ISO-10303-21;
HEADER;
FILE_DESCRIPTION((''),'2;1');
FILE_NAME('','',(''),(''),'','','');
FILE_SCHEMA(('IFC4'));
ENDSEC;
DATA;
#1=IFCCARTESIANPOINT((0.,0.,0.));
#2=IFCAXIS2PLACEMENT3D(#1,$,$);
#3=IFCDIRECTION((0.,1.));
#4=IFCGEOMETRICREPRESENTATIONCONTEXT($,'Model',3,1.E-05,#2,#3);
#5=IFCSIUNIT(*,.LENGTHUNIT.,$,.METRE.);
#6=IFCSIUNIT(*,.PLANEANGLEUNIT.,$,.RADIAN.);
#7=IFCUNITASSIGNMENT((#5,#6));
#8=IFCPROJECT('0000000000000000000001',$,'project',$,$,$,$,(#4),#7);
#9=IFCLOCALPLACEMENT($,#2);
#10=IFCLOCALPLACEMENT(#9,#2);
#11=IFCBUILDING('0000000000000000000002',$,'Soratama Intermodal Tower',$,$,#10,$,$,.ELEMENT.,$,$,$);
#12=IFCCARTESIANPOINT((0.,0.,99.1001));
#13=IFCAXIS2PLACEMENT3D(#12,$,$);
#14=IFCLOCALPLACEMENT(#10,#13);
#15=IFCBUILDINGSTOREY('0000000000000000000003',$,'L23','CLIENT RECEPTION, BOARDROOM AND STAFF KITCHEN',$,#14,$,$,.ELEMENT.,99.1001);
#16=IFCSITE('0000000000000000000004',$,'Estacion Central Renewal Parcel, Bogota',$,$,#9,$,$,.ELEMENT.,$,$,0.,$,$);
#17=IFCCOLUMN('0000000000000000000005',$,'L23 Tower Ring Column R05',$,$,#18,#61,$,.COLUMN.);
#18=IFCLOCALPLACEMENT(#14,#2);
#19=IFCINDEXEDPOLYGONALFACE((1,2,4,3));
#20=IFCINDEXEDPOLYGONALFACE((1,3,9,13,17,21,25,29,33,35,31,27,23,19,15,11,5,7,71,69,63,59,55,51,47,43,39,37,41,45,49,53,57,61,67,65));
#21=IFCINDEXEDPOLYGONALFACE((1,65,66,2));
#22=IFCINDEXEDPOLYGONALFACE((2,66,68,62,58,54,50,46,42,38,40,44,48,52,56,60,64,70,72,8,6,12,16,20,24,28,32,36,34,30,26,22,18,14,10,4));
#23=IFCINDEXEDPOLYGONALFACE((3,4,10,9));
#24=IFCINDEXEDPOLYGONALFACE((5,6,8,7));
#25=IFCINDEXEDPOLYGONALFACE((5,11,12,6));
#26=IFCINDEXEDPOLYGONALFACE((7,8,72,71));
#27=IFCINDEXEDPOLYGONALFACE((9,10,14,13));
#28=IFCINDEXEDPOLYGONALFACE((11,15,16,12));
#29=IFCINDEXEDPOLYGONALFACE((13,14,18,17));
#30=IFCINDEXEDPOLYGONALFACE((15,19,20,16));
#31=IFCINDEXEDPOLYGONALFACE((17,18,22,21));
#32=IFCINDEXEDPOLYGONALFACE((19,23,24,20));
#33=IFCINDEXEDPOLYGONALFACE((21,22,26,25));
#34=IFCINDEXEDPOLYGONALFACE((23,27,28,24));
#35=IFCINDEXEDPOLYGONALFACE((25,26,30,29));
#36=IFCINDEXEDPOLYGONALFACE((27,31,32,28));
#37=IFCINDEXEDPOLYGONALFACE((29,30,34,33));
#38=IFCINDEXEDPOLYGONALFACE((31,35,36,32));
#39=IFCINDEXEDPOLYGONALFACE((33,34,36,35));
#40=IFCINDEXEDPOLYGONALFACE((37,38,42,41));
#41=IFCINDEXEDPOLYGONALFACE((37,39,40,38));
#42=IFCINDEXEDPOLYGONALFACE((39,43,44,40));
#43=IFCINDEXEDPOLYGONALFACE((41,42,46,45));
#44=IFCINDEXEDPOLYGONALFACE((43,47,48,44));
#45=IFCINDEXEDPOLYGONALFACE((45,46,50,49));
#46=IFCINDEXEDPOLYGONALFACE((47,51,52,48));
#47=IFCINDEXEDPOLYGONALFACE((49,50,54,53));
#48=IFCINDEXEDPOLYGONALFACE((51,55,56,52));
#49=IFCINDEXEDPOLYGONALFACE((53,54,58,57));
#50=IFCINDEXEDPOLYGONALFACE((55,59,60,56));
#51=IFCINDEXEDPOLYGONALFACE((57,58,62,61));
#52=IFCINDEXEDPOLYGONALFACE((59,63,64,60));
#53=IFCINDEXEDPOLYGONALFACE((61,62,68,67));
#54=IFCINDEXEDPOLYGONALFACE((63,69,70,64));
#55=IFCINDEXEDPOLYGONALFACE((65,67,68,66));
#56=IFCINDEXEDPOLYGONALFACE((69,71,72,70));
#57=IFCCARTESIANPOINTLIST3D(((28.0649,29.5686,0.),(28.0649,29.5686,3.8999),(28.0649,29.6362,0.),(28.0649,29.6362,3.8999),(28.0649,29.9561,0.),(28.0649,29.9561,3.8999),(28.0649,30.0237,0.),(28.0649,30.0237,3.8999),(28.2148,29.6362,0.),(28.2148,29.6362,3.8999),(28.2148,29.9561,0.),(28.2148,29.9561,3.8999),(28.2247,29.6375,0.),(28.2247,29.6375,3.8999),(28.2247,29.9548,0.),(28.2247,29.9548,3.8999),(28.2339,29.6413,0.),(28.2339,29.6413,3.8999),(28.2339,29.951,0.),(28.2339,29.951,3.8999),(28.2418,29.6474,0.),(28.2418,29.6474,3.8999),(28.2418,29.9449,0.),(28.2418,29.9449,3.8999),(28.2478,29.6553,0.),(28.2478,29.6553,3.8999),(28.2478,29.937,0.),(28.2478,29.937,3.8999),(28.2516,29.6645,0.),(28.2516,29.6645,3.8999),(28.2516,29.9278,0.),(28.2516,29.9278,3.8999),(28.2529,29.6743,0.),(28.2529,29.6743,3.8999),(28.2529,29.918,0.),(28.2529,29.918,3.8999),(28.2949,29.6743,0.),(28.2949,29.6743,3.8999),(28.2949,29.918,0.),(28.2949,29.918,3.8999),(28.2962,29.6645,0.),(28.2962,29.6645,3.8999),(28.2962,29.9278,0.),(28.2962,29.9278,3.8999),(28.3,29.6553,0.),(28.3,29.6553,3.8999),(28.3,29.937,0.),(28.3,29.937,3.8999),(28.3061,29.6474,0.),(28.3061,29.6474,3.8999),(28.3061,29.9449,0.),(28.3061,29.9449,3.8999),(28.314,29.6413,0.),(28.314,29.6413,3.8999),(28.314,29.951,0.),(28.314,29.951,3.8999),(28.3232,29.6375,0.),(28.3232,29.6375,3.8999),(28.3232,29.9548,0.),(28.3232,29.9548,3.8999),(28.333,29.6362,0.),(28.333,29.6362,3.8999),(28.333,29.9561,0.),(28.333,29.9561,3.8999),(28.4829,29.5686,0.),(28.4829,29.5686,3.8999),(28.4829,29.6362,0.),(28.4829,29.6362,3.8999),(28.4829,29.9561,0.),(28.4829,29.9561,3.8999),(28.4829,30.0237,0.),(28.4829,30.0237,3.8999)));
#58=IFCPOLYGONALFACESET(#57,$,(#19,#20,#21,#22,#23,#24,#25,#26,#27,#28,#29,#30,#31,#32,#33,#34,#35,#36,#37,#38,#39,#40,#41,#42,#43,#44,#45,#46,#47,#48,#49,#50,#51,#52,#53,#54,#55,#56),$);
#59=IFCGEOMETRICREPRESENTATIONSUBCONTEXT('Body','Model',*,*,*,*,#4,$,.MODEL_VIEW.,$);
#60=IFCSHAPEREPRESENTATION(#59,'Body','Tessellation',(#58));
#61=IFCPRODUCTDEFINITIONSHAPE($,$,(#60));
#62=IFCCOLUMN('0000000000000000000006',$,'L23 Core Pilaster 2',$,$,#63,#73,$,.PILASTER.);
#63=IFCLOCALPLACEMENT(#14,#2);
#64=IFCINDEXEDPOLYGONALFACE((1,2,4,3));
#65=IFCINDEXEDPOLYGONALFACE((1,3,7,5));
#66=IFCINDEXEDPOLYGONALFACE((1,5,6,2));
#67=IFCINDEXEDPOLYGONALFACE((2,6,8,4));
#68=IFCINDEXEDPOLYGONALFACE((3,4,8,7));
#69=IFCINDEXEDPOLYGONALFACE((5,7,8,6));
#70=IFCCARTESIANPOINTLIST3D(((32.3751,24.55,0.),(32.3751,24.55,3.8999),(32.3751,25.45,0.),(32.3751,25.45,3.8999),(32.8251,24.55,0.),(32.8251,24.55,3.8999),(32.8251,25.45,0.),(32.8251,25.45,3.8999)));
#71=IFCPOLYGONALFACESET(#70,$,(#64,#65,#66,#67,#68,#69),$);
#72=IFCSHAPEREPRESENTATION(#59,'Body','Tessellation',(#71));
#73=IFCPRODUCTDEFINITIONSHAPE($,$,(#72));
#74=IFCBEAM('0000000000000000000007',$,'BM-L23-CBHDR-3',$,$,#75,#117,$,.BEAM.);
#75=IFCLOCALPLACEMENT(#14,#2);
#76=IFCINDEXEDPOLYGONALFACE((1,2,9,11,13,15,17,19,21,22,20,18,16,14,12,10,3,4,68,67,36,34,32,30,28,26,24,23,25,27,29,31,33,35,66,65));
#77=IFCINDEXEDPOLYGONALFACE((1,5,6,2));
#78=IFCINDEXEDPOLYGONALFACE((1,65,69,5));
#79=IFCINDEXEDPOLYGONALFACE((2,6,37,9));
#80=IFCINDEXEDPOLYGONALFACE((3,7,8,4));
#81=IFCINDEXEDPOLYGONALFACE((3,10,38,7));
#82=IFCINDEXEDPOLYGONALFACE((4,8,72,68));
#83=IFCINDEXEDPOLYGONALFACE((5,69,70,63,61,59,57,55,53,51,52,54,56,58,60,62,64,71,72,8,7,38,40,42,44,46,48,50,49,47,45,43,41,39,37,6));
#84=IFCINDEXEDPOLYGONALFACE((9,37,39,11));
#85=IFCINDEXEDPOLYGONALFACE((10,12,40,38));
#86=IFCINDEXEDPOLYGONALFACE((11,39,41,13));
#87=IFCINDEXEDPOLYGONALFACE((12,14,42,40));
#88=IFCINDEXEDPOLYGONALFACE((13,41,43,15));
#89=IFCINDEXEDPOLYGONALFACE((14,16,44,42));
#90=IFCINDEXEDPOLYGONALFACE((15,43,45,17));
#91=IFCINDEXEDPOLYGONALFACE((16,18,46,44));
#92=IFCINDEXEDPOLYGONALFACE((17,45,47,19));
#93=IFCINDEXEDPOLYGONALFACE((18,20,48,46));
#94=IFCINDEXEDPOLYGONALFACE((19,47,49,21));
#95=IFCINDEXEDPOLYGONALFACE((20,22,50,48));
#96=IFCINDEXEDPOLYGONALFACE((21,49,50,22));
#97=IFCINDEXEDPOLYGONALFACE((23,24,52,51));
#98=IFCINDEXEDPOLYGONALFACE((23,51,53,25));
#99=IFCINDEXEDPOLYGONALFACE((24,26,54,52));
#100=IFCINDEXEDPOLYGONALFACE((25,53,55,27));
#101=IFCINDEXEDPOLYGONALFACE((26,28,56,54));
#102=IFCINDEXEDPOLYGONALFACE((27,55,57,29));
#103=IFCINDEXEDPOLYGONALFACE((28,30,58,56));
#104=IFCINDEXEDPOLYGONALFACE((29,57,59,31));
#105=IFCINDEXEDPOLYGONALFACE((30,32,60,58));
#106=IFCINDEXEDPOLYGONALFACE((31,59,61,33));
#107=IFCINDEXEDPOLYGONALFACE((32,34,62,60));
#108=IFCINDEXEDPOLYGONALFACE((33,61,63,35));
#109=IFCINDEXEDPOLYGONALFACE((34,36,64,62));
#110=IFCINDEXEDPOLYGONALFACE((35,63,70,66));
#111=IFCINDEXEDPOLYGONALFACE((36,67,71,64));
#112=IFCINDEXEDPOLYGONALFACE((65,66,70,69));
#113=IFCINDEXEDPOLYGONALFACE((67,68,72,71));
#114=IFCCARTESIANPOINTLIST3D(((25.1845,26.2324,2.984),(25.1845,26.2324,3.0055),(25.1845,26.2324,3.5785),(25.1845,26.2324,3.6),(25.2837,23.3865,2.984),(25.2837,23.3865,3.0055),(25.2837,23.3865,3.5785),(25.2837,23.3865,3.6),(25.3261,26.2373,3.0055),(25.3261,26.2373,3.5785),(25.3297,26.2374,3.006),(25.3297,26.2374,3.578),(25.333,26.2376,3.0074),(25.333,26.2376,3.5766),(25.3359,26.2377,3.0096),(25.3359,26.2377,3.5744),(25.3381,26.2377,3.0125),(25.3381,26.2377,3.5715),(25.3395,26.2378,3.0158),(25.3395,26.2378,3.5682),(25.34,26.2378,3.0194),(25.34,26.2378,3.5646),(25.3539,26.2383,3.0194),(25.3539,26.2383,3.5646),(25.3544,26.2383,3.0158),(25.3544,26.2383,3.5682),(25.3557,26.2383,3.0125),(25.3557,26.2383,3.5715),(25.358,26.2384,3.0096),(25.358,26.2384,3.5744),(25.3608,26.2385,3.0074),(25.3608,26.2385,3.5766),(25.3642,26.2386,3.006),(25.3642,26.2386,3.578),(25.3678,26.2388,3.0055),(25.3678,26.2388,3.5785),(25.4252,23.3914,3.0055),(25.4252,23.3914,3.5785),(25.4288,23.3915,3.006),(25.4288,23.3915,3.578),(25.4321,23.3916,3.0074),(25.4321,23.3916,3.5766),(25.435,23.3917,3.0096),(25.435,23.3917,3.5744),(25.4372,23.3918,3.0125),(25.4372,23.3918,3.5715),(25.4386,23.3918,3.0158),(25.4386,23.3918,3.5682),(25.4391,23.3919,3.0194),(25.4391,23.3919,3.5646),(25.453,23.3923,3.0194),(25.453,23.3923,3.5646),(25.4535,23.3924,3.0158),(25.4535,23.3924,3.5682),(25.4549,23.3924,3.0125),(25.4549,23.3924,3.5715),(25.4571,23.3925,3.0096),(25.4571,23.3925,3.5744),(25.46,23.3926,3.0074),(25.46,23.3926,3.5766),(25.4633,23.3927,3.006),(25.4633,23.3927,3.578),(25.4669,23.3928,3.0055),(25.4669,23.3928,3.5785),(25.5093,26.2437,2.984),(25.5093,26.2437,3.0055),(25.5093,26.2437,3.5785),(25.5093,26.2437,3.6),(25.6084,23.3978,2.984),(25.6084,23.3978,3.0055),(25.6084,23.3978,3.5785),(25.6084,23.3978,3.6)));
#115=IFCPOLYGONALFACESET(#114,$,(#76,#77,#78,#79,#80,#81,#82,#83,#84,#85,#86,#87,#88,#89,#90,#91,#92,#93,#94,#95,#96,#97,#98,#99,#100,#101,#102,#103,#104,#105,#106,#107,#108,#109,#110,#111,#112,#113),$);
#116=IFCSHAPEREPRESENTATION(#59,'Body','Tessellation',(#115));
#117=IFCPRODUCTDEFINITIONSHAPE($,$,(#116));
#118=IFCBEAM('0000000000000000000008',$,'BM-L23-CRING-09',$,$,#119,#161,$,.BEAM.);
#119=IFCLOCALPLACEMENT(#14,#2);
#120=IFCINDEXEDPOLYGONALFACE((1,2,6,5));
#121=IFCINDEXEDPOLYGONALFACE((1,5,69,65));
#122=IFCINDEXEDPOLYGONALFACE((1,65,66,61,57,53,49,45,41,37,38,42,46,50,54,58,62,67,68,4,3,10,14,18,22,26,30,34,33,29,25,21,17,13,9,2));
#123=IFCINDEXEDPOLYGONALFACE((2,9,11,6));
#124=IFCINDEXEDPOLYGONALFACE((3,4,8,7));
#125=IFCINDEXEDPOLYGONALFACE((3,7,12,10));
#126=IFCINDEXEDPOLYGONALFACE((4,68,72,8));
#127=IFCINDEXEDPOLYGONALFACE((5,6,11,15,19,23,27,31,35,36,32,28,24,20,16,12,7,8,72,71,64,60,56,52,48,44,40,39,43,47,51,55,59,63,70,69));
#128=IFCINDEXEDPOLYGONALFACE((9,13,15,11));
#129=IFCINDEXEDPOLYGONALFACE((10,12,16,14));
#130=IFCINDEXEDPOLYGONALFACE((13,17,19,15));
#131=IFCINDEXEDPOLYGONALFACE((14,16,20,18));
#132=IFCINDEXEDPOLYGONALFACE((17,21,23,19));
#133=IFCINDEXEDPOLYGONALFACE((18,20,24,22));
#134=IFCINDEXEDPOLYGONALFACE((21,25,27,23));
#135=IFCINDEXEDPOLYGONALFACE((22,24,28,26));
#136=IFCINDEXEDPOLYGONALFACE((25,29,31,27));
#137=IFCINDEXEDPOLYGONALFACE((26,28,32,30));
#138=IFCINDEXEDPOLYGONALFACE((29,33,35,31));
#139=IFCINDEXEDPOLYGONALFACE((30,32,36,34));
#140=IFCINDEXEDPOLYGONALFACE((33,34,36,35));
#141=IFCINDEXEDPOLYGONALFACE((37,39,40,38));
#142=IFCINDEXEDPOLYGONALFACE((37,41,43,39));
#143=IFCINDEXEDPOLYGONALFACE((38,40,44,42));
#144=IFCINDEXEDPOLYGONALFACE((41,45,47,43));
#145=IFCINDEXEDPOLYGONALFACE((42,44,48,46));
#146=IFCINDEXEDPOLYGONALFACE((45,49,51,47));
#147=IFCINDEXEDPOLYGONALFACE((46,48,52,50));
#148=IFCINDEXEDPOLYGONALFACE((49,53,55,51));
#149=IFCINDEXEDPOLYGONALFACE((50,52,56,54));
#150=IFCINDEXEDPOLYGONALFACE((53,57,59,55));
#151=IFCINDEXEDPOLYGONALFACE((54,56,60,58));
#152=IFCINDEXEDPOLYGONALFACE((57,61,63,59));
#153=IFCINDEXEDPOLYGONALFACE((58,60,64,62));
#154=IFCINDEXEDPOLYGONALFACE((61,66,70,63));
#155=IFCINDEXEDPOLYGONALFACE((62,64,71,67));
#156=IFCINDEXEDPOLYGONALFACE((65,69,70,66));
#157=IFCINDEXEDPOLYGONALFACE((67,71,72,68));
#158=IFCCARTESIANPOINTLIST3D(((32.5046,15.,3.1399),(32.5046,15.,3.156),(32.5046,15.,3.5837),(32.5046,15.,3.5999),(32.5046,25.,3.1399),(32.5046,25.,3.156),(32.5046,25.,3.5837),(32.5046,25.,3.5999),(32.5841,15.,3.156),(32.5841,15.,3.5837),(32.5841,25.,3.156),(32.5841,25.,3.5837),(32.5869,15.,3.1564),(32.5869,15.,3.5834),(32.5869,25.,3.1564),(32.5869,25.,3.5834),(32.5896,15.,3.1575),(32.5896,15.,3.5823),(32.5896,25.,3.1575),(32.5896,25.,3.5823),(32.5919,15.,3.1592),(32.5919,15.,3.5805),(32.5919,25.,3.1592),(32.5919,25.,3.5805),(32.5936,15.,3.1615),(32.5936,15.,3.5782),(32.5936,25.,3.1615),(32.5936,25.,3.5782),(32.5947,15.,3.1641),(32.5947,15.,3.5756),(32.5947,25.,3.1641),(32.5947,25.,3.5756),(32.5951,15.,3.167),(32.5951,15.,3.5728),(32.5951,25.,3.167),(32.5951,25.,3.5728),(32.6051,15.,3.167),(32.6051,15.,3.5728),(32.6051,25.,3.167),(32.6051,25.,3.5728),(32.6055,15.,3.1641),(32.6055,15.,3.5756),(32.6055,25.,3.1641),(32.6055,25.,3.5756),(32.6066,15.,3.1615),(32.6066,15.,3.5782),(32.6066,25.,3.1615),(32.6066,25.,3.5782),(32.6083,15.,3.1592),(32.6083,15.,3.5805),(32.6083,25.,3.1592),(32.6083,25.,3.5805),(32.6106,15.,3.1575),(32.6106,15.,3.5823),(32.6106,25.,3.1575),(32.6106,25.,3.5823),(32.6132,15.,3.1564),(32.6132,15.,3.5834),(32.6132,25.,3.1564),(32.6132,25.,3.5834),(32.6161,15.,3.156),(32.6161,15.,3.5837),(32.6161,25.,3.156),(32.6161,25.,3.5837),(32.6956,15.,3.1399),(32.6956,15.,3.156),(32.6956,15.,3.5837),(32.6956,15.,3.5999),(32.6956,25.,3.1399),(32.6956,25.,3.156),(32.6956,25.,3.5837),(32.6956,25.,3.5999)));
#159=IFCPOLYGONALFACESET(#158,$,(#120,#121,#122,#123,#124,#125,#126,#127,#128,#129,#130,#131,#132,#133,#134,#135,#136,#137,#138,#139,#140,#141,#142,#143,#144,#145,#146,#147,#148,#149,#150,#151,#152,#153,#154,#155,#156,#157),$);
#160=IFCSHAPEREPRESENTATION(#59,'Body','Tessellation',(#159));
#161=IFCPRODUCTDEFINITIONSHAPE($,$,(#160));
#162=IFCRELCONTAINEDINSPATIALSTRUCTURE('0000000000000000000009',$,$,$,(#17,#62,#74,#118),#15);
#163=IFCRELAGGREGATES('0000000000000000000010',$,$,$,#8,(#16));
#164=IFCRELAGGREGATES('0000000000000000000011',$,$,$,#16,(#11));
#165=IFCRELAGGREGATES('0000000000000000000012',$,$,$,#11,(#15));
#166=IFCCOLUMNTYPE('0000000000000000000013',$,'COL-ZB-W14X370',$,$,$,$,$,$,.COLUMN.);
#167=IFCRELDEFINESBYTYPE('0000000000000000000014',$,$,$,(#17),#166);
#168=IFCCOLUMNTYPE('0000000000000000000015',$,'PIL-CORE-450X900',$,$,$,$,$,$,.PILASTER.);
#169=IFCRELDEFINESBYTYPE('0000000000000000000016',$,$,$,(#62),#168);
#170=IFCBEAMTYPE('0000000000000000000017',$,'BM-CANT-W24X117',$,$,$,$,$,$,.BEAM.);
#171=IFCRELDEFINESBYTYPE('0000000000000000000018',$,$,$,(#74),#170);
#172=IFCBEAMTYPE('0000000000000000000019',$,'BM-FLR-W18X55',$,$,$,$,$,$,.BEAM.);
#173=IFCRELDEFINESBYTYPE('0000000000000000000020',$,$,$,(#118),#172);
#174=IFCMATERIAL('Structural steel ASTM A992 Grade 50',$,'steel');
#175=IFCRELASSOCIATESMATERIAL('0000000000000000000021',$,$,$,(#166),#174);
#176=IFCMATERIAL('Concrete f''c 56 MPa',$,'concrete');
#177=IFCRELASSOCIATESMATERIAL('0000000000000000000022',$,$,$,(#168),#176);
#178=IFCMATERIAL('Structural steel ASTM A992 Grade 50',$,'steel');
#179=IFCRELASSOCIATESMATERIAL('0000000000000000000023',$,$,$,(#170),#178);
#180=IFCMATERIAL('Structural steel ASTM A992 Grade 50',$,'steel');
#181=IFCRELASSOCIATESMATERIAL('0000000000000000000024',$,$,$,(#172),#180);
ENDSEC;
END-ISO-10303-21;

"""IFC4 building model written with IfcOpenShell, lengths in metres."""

from ifc_helpers import new_model, si_unit, direction, frame, origin, origin_2d, place, context, subcontext, project, spatial, rectangle, i_section, extrude, material, material_profile, profile_set, type_object, element, save


model = new_model("IFC4")

# Units and contexts
model_context = context("Model", 3, precision=1e-05, world=origin(), true_north=direction((0.0, 1.0)))
body_context = subcontext(model_context, "Body", "Model", "MODEL_VIEW")
ifc_project = project(units=[si_unit("LENGTHUNIT", "METRE"), si_unit("PLANEANGLEUNIT", "RADIAN")], contexts=[model_context])

# Site, building, storey
site_placement = place(None, origin())
site = spatial("IfcSite", under=ifc_project, at=site_placement, Name="Estacion Central Renewal Parcel, Bogota", CompositionType="ELEMENT", RefElevation=0.0)
building_placement = place(site_placement, origin())
building = spatial("IfcBuilding", under=site, at=building_placement, Name="Soratama Intermodal Tower", CompositionType="ELEMENT")
storey_placement = place(building_placement, frame((0.0, 0.0, 99.1001)))
storey = spatial("IfcBuildingStorey", under=building, at=storey_placement, Name="L23", Description="CLIENT RECEPTION, BOARDROOM AND STAFF KITCHEN", CompositionType="ELEMENT", Elevation=99.1001)

# Columns
ifc_material_1 = material(Name="Structural steel ASTM A992 Grade 50", Category="steel")
ifc_material_profile_1 = material_profile(ifc_material_1, i_section(OverallWidth=0.418, OverallDepth=0.4551, WebThickness=0.042, FlangeThickness=0.0676, FilletRadius=0.0381, at=origin_2d()), Name="W14X370")
ifc_profile_set_1 = profile_set([ifc_material_profile_1], Name="Structural steel ASTM A992 Grade 50")
column_type_1 = type_object("IfcColumnType", Name="COL-ZB-W14X370", PredefinedType="COLUMN", material=ifc_profile_set_1)
column_1_placement = place(storey_placement, frame((28.2739, 29.7961, 0.0), z_axis=(0.0, 0.0, 1.0), x_axis=(1.0, 0.0, 0.0)))
element("IfcColumn", 1, at=column_1_placement, inside=storey, type_object=column_type_1, Name="L23 Tower Ring Column R05", PredefinedType="COLUMN", context=body_context, shape_type="SweptSolid", body=[
    extrude(i_section(OverallWidth=0.418, OverallDepth=0.4551, WebThickness=0.042, FlangeThickness=0.0676, FilletRadius=0.0381, at=origin_2d()), origin(), (0.0, 0.0, 1.0), 3.8999),
])
ifc_material_2 = material(Name="Concrete f'c 56 MPa", Category="concrete")
ifc_material_profile_2 = material_profile(ifc_material_2, rectangle(XDim=0.45, YDim=0.8999, at=origin_2d()), Name="RC450X900")
ifc_profile_set_2 = profile_set([ifc_material_profile_2], Name="Concrete f'c 56 MPa")
column_type_2 = type_object("IfcColumnType", Name="PIL-CORE-450X900", PredefinedType="PILASTER", material=ifc_profile_set_2)
column_2_placement = place(storey_placement, frame((32.6001, 25.0, 0.0), z_axis=(0.0, 0.0, 1.0), x_axis=(1.0, 0.0, 0.0)))
element("IfcColumn", 2, at=column_2_placement, inside=storey, type_object=column_type_2, Name="L23 Core Pilaster 2", PredefinedType="PILASTER", context=body_context, shape_type="SweptSolid", body=[
    extrude(rectangle(XDim=0.45, YDim=0.8999, at=origin_2d()), origin(), (0.0, 0.0, 1.0), 3.8999),
])

# Beams
ifc_material_3 = material(Name="Structural steel ASTM A992 Grade 50", Category="steel")
ifc_material_profile_3 = material_profile(ifc_material_3, i_section(OverallWidth=0.325, OverallDepth=0.616, WebThickness=0.0139, FlangeThickness=0.0215, FilletRadius=0.0139, at=origin_2d()), Name="W24X117")
ifc_profile_set_3 = profile_set([ifc_material_profile_3], Name="Structural steel ASTM A992 Grade 50")
beam_type_1 = type_object("IfcBeamType", Name="BM-CANT-W24X117", PredefinedType="BEAM", material=ifc_profile_set_3)
beam_1_placement = place(storey_placement, frame((25.3469, 26.238, 3.292), z_axis=(0.034808, -0.999394, 0.0), x_axis=(0.999394, 0.034808, 0.0)))
element("IfcBeam", 3, at=beam_1_placement, inside=storey, type_object=beam_type_1, Name="BM-L23-CBHDR-3", PredefinedType="BEAM", context=body_context, shape_type="SweptSolid", body=[
    extrude(i_section(OverallWidth=0.325, OverallDepth=0.616, WebThickness=0.0139, FlangeThickness=0.0215, FilletRadius=0.0139, at=origin_2d()), origin(), (0.0, 0.0, 1.0), 2.8477),
])
ifc_material_4 = material(Name="Structural steel ASTM A992 Grade 50", Category="steel")
ifc_material_profile_4 = material_profile(ifc_material_4, i_section(OverallWidth=0.1909, OverallDepth=0.46, WebThickness=0.01, FlangeThickness=0.0161, FilletRadius=0.011, at=origin_2d()), Name="W18X55")
ifc_profile_set_4 = profile_set([ifc_material_profile_4], Name="Structural steel ASTM A992 Grade 50")
beam_type_2 = type_object("IfcBeamType", Name="BM-FLR-W18X55", PredefinedType="BEAM", material=ifc_profile_set_4)
beam_2_placement = place(storey_placement, frame((32.6001, 25.0, 3.3699), z_axis=(0.0, -1.0, 0.0), x_axis=(1.0, 0.0, 0.0)))
element("IfcBeam", 4, at=beam_2_placement, inside=storey, type_object=beam_type_2, Name="BM-L23-CRING-09", PredefinedType="BEAM", context=body_context, shape_type="SweptSolid", body=[
    extrude(i_section(OverallWidth=0.1909, OverallDepth=0.46, WebThickness=0.01, FlangeThickness=0.0161, FilletRadius=0.011, at=origin_2d()), origin(), (0.0, 0.0, 1.0), 10.0),
])

save(model, "model.ifc")
